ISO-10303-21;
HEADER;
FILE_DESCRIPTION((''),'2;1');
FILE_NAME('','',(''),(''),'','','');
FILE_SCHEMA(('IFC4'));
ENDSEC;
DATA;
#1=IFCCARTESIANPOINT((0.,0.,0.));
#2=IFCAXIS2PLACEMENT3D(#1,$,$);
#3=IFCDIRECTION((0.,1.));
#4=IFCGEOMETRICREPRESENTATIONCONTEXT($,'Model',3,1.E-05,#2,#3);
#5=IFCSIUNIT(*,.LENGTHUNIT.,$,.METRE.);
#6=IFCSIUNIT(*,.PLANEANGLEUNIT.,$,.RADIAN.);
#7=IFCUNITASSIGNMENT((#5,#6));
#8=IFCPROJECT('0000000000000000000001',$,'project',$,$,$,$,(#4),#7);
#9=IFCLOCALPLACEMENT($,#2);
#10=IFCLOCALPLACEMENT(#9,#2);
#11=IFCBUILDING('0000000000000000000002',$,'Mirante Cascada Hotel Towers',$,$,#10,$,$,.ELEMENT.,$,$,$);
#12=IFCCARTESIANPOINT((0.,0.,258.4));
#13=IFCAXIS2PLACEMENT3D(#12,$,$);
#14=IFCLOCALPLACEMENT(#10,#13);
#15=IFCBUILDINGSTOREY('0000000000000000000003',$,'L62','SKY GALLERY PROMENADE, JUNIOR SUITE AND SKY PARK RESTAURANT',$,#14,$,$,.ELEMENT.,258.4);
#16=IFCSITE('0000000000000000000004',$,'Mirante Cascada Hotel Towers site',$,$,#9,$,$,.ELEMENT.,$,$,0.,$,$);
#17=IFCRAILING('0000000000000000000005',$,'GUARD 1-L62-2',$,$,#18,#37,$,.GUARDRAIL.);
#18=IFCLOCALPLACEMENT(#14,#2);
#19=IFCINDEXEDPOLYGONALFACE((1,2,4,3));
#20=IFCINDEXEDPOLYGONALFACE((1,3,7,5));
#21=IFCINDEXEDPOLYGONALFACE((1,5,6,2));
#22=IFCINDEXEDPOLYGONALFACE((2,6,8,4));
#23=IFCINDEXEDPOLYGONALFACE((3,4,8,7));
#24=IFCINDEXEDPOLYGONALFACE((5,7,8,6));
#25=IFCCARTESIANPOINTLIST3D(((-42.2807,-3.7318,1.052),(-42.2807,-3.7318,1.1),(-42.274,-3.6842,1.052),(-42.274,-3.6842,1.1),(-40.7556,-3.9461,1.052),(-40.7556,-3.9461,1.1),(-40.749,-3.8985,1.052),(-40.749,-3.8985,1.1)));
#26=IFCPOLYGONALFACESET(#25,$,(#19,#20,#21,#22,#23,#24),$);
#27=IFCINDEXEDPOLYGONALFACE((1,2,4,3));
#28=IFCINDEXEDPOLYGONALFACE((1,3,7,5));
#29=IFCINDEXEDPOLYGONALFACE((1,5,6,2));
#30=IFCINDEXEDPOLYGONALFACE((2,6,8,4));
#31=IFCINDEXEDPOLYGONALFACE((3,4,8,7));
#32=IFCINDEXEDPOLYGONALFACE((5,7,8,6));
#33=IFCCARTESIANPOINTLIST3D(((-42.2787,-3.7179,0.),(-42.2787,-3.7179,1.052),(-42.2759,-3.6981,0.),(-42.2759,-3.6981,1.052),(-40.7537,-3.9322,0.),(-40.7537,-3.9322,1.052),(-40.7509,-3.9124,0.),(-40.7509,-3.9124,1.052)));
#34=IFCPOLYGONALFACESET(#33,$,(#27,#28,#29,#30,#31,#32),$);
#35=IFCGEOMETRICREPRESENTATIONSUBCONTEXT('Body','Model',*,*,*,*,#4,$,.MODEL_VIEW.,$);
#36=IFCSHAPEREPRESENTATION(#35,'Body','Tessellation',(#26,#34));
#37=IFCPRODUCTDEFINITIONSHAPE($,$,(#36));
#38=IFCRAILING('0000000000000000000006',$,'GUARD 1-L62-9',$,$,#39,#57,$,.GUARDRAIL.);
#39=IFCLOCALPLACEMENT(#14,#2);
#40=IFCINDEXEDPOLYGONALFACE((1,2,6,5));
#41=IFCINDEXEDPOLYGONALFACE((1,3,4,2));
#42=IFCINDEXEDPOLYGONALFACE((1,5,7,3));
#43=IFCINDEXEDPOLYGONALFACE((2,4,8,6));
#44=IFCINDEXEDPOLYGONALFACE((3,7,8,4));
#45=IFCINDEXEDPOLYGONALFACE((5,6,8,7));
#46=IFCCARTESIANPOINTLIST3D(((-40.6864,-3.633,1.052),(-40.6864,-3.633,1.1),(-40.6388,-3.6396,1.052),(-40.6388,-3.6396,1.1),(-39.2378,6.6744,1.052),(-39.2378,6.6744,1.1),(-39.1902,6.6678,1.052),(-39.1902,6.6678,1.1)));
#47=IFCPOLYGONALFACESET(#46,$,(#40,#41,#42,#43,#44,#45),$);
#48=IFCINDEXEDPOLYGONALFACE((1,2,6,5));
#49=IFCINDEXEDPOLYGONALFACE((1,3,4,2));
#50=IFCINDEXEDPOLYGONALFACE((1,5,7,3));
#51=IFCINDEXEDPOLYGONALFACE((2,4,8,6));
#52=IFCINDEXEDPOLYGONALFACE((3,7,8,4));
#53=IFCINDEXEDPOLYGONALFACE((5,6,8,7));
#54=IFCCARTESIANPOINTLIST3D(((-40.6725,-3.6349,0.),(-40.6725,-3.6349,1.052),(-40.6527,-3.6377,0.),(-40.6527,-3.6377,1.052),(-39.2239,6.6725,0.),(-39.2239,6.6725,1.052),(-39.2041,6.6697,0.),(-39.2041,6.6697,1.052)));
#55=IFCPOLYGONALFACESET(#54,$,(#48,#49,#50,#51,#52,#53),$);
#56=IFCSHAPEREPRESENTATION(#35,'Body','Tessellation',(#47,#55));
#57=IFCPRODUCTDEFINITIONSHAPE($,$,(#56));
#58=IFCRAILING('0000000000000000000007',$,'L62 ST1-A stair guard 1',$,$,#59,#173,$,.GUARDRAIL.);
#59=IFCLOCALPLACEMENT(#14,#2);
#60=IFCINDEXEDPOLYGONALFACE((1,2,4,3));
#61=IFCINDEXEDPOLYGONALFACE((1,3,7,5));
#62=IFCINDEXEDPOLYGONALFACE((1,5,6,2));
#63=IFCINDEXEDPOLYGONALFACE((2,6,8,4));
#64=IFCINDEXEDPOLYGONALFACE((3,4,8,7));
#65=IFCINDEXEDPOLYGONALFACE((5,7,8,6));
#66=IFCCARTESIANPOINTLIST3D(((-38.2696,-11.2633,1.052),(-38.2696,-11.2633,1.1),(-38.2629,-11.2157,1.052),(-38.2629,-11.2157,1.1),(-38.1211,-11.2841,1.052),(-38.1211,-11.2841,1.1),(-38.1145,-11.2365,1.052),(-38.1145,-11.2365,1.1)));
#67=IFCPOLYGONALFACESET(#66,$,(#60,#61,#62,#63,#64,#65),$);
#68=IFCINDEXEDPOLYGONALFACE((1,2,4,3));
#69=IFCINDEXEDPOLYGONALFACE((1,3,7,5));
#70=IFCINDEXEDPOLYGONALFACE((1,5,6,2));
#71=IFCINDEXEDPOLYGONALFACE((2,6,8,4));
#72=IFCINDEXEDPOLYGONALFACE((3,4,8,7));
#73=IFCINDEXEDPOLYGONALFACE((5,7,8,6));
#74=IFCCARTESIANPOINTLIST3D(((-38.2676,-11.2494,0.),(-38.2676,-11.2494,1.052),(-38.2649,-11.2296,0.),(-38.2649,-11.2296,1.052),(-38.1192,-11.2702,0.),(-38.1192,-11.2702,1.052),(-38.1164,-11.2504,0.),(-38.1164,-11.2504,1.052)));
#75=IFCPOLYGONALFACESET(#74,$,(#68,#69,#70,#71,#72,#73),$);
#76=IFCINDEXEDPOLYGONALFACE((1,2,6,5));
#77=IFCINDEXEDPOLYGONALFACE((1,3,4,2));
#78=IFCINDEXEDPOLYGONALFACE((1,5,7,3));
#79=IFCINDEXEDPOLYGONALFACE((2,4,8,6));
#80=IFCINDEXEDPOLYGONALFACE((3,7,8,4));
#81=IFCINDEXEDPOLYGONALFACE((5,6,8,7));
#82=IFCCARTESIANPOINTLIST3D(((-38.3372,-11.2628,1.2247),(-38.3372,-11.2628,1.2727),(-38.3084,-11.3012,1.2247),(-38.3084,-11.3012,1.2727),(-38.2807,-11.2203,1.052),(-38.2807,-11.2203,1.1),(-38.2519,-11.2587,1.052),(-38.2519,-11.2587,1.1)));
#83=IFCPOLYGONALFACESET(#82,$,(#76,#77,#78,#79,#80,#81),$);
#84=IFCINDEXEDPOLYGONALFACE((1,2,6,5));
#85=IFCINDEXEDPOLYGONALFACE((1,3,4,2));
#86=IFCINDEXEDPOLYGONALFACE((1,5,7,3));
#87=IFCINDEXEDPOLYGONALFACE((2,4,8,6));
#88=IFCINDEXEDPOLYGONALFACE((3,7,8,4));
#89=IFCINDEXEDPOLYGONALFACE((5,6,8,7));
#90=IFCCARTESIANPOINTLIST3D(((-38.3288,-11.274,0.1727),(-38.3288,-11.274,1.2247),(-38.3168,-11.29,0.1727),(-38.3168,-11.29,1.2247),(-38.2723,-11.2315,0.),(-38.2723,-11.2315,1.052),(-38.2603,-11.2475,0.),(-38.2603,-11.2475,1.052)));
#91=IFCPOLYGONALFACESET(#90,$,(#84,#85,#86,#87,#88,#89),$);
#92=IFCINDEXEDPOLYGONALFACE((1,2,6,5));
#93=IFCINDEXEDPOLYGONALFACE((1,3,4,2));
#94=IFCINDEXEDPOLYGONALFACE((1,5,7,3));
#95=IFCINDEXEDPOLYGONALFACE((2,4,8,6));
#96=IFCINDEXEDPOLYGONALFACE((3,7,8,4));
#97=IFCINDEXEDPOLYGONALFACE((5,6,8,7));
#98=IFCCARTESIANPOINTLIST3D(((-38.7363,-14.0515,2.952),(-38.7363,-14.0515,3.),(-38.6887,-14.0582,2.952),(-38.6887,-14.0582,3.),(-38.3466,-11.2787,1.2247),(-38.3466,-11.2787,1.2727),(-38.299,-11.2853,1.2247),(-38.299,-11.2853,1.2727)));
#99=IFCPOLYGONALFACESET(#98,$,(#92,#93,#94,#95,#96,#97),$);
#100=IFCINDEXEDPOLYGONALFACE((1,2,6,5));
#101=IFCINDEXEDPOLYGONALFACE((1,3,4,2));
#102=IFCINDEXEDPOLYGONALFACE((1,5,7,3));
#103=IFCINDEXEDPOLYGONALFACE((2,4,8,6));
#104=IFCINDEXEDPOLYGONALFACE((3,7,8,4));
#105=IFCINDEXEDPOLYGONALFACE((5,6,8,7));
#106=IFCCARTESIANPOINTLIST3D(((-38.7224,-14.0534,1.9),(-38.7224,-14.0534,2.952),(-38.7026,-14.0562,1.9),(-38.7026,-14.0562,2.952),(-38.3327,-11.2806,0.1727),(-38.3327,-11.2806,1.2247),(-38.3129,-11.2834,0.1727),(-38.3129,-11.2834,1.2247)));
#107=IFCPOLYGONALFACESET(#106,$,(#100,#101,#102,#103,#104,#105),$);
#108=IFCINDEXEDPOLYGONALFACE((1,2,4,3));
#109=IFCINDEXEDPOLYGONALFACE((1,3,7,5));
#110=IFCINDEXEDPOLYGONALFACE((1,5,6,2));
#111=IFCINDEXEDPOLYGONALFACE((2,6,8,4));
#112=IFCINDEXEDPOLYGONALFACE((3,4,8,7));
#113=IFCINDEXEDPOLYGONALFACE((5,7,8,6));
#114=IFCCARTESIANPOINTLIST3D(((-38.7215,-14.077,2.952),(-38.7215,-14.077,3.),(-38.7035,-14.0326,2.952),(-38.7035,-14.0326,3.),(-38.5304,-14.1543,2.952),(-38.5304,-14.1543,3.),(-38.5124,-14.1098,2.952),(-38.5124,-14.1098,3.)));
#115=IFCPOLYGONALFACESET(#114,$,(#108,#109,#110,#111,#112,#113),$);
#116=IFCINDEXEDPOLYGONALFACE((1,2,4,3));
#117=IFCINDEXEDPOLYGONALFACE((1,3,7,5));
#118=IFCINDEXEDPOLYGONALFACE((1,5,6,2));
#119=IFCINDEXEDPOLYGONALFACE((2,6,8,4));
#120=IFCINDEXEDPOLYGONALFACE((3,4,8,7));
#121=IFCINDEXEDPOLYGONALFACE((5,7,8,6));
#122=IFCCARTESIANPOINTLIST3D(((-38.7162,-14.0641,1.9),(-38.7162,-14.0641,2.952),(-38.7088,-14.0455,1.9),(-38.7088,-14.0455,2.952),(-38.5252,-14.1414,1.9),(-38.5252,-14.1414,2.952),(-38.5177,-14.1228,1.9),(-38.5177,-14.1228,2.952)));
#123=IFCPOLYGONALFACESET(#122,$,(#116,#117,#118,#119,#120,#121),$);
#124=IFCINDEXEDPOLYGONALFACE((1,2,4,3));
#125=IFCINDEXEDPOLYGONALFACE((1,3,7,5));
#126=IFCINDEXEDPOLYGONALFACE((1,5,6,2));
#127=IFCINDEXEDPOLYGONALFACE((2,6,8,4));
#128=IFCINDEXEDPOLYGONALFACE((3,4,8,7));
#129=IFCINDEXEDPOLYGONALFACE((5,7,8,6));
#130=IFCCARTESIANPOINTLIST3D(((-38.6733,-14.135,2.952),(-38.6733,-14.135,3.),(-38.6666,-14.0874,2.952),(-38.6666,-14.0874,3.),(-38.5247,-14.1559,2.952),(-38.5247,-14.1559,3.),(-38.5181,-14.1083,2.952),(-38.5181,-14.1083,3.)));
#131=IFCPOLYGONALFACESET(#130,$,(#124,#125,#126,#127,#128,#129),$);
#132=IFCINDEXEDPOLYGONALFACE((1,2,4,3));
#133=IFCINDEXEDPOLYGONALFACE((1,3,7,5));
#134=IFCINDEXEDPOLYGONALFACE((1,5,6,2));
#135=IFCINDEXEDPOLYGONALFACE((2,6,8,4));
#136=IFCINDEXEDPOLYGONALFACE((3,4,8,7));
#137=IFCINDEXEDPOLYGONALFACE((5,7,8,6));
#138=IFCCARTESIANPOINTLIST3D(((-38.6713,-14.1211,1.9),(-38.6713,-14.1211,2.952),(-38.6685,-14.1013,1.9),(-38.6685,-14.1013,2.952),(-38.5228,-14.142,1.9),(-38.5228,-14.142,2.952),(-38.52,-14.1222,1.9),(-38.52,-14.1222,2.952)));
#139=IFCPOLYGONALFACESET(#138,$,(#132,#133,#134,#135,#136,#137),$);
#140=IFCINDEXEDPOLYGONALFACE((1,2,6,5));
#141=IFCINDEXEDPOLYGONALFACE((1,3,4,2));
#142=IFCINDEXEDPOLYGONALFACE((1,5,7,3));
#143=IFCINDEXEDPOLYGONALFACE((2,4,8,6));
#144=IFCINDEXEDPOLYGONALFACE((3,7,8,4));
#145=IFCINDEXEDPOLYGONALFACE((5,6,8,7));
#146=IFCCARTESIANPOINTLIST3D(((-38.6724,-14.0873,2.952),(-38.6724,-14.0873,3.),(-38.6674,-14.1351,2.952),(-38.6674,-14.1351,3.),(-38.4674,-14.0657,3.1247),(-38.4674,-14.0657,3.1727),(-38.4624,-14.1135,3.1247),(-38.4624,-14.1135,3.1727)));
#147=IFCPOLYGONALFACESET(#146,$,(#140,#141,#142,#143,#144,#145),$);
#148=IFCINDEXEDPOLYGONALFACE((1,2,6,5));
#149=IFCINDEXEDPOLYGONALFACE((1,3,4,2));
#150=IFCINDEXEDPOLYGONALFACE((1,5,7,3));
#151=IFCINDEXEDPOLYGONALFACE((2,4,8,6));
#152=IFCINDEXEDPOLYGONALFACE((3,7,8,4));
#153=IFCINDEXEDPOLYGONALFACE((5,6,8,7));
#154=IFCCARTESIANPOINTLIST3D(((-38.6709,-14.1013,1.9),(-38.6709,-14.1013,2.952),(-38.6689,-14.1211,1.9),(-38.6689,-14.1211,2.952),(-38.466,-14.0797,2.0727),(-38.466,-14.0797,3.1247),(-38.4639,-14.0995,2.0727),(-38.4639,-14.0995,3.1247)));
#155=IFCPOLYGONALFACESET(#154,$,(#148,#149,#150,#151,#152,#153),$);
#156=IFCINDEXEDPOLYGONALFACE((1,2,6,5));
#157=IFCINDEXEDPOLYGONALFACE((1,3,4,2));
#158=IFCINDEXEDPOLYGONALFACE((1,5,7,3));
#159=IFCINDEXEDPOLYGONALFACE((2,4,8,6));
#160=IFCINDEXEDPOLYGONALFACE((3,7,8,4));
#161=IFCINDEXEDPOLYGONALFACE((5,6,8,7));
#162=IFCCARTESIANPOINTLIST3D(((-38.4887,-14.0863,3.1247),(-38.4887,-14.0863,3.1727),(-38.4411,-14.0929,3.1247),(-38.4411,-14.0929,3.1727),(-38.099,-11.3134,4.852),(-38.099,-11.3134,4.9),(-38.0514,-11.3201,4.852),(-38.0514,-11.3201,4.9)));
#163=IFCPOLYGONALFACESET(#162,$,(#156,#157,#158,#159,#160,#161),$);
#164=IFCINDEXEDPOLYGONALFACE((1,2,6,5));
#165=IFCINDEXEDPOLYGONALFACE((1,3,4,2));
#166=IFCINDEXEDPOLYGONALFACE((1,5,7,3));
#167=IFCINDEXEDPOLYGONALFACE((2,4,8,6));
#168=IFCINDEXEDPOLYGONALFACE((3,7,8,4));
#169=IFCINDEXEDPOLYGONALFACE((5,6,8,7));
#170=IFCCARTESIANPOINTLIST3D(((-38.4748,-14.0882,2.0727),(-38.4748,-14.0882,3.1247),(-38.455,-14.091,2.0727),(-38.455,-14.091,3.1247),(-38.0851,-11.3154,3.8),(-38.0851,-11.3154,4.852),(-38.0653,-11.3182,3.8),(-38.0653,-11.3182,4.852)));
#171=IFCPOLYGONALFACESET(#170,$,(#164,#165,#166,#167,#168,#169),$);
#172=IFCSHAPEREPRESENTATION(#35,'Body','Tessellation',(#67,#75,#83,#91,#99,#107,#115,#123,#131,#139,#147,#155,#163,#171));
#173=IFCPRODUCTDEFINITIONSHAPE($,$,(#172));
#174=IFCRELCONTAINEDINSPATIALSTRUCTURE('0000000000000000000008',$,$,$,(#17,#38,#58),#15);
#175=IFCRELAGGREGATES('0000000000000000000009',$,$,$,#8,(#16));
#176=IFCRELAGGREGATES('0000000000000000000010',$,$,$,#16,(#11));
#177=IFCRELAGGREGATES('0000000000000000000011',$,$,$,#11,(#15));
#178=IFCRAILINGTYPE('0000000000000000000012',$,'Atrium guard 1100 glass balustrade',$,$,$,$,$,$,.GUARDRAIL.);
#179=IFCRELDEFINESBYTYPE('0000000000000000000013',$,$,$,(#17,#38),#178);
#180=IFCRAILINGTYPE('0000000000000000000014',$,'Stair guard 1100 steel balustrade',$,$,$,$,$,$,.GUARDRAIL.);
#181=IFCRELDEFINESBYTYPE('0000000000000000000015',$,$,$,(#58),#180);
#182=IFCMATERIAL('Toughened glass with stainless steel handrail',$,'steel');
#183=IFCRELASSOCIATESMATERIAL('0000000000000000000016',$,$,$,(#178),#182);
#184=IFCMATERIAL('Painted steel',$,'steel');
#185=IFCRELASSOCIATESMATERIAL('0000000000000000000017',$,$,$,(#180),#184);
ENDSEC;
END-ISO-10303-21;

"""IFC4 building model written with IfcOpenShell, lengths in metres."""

from ifc_helpers import new_model, si_unit, direction, frame, origin, origin_2d, place, context, subcontext, project, spatial, rectangle, extrude, material, type_object, element, save


model = new_model("IFC4")

# Units and contexts
model_context = context("Model", 3, precision=1e-05, world=origin(), true_north=direction((0.0, 1.0)))
body_context = subcontext(model_context, "Body", "Model", "MODEL_VIEW")
ifc_project = project(units=[si_unit("LENGTHUNIT", "METRE"), si_unit("PLANEANGLEUNIT", "RADIAN")], contexts=[model_context])

# Site, building, storey
site_placement = place(None, origin())
site = spatial("IfcSite", under=ifc_project, at=site_placement, Name="Mirante Cascada Hotel Towers site", CompositionType="ELEMENT", RefElevation=0.0)
building_placement = place(site_placement, origin())
building = spatial("IfcBuilding", under=site, at=building_placement, Name="Mirante Cascada Hotel Towers", CompositionType="ELEMENT")
storey_placement = place(building_placement, frame((0.0, 0.0, 258.4)))
storey = spatial("IfcBuildingStorey", under=building, at=storey_placement, Name="L62", Description="SKY GALLERY PROMENADE, JUNIOR SUITE AND SKY PARK RESTAURANT", CompositionType="ELEMENT", Elevation=258.4)

# Railings
ifc_material_1 = material(Name="Toughened glass with stainless steel handrail", Category="steel")
railing_type_1 = type_object("IfcRailingType", Name="Atrium guard 1100 glass balustrade", PredefinedType="GUARDRAIL", material=ifc_material_1)
railing_1_placement = place(storey_placement, frame((-40.7523, -3.9223, 0.0)))
element("IfcRailing", 1, at=railing_1_placement, inside=storey, type_object=railing_type_1, Name="GUARD 1-L62-2", PredefinedType="GUARDRAIL", context=body_context, shape_type="SweptSolid", body=[
    extrude(rectangle(XDim=0.048, YDim=0.048, at=origin_2d()), frame((0.0, 0.0, 1.076), z_axis=(-0.99027, 0.139157, 0.0), x_axis=(-0.139157, -0.99027, 0.0)), (0.0, 0.0, 1.0), 1.54),
    extrude(rectangle(XDim=0.02, YDim=1.052, at=origin_2d()), frame((0.0, 0.0, 0.526), z_axis=(-0.99027, 0.139157, 0.0), x_axis=(-0.139157, -0.99027, 0.0)), (0.0, 0.0, 1.0), 1.54),
])
railing_2_placement = place(storey_placement, frame((-40.6626, -3.6363, 0.0)))
element("IfcRailing", 2, at=railing_2_placement, inside=storey, type_object=railing_type_1, Name="GUARD 1-L62-9", PredefinedType="GUARDRAIL", context=body_context, shape_type="SweptSolid", body=[
    extrude(rectangle(XDim=0.048, YDim=0.048, at=origin_2d()), frame((0.0, 0.0, 1.076), z_axis=(0.139172, 0.990268, 0.0), x_axis=(-0.990268, 0.139172, 0.0)), (0.0, 0.0, 1.0), 10.4087),
    extrude(rectangle(XDim=0.02, YDim=1.052, at=origin_2d()), frame((0.0, 0.0, 0.526), z_axis=(0.139172, 0.990268, 0.0), x_axis=(-0.990268, 0.139172, 0.0)), (0.0, 0.0, 1.0), 10.4087),
])
ifc_material_2 = material(Name="Painted steel", Category="steel")
railing_type_2 = type_object("IfcRailingType", Name="Stair guard 1100 steel balustrade", PredefinedType="GUARDRAIL", material=ifc_material_2)
railing_3_placement = place(storey_placement, frame((-38.1178, -11.2603, 0.0)))
element("IfcRailing", 3, at=railing_3_placement, inside=storey, type_object=railing_type_2, Name="L62 ST1-A stair guard 1", PredefinedType="GUARDRAIL", context=body_context, shape_type="SweptSolid", body=[
    extrude(rectangle(XDim=0.048, YDim=0.048, at=origin_2d()), frame((0.0, 0.0, 1.076), z_axis=(-0.990333, 0.138713, 0.0), x_axis=(-0.138713, -0.990333, 0.0)), (0.0, 0.0, 1.0), 0.1499),
    extrude(rectangle(XDim=0.02, YDim=1.052, at=origin_2d()), frame((0.0, 0.0, 0.526), z_axis=(-0.990333, 0.138713, 0.0), x_axis=(-0.138713, -0.990333, 0.0)), (0.0, 0.0, 1.0), 0.1499),
    extrude(rectangle(XDim=0.048, YDim=0.048, at=origin_2d()), frame((-0.1485, 0.0208, 1.076), z_axis=(-0.79915, -0.601131, 0.0), x_axis=(0.601131, -0.79915, 0.0)), (0.0, 0.925453, 0.378863), 0.1866),
    extrude(rectangle(XDim=0.02, YDim=1.052, at=origin_2d()), frame((-0.1485, 0.0208, 0.526), z_axis=(-0.79915, -0.601131, 0.0), x_axis=(0.601131, -0.79915, 0.0)), (0.0, 0.925453, 0.378863), 0.1866),
    extrude(rectangle(XDim=0.048, YDim=0.048, at=origin_2d()), frame((-0.205, -0.0217, 1.2487), z_axis=(-0.139176, -0.990268, 0.0), x_axis=(0.990268, -0.139176, 0.0)), (0.0, 0.525021, 0.851089), 3.29),
    extrude(rectangle(XDim=0.02, YDim=1.052, at=origin_2d()), frame((-0.205, -0.0217, 0.6987), z_axis=(-0.139176, -0.990268, 0.0), x_axis=(0.990268, -0.139176, 0.0)), (0.0, 0.525021, 0.851089), 3.29),
    extrude(rectangle(XDim=0.048, YDim=0.048, at=origin_2d()), frame((-0.5947, -2.7945, 2.976), z_axis=(0.927031, -0.374984, 0.0), x_axis=(0.374984, 0.927031, 0.0)), (0.0, 0.0, 1.0), 0.2061),
    extrude(rectangle(XDim=0.02, YDim=1.052, at=origin_2d()), frame((-0.5947, -2.7945, 2.426), z_axis=(0.927031, -0.374984, 0.0), x_axis=(0.374984, 0.927031, 0.0)), (0.0, 0.0, 1.0), 0.2061),
    extrude(rectangle(XDim=0.048, YDim=0.048, at=origin_2d()), frame((-0.4036, -2.8718, 2.976), z_axis=(-0.990241, 0.139367, 0.0), x_axis=(-0.139367, -0.990241, 0.0)), (0.0, 0.0, 1.0), 0.15),
    extrude(rectangle(XDim=0.02, YDim=1.052, at=origin_2d()), frame((-0.4036, -2.8718, 2.426), z_axis=(-0.990241, 0.139367, 0.0), x_axis=(-0.139367, -0.990241, 0.0)), (0.0, 0.0, 1.0), 0.15),
    extrude(rectangle(XDim=0.048, YDim=0.048, at=origin_2d()), frame((-0.5521, -2.8509, 2.976), z_axis=(0.994495, 0.104786, 0.0), x_axis=(-0.104786, 0.994495, 0.0)), (0.0, 0.642203, 0.766534), 0.2689),
    extrude(rectangle(XDim=0.02, YDim=1.052, at=origin_2d()), frame((-0.5521, -2.8509, 2.426), z_axis=(0.994495, 0.104786, 0.0), x_axis=(-0.104786, 0.994495, 0.0)), (0.0, 0.642203, 0.766534), 0.2689),
    extrude(rectangle(XDim=0.048, YDim=0.048, at=origin_2d()), frame((-0.3471, -2.8293, 3.1487), z_axis=(0.139176, 0.990268, 0.0), x_axis=(-0.990268, 0.139176, 0.0)), (0.0, 0.525021, 0.851089), 3.29),
    extrude(rectangle(XDim=0.02, YDim=1.052, at=origin_2d()), frame((-0.3471, -2.8293, 2.5987), z_axis=(0.139176, 0.990268, 0.0), x_axis=(-0.990268, 0.139176, 0.0)), (0.0, 0.525021, 0.851089), 3.29),
])

save(model, "model.ifc")
